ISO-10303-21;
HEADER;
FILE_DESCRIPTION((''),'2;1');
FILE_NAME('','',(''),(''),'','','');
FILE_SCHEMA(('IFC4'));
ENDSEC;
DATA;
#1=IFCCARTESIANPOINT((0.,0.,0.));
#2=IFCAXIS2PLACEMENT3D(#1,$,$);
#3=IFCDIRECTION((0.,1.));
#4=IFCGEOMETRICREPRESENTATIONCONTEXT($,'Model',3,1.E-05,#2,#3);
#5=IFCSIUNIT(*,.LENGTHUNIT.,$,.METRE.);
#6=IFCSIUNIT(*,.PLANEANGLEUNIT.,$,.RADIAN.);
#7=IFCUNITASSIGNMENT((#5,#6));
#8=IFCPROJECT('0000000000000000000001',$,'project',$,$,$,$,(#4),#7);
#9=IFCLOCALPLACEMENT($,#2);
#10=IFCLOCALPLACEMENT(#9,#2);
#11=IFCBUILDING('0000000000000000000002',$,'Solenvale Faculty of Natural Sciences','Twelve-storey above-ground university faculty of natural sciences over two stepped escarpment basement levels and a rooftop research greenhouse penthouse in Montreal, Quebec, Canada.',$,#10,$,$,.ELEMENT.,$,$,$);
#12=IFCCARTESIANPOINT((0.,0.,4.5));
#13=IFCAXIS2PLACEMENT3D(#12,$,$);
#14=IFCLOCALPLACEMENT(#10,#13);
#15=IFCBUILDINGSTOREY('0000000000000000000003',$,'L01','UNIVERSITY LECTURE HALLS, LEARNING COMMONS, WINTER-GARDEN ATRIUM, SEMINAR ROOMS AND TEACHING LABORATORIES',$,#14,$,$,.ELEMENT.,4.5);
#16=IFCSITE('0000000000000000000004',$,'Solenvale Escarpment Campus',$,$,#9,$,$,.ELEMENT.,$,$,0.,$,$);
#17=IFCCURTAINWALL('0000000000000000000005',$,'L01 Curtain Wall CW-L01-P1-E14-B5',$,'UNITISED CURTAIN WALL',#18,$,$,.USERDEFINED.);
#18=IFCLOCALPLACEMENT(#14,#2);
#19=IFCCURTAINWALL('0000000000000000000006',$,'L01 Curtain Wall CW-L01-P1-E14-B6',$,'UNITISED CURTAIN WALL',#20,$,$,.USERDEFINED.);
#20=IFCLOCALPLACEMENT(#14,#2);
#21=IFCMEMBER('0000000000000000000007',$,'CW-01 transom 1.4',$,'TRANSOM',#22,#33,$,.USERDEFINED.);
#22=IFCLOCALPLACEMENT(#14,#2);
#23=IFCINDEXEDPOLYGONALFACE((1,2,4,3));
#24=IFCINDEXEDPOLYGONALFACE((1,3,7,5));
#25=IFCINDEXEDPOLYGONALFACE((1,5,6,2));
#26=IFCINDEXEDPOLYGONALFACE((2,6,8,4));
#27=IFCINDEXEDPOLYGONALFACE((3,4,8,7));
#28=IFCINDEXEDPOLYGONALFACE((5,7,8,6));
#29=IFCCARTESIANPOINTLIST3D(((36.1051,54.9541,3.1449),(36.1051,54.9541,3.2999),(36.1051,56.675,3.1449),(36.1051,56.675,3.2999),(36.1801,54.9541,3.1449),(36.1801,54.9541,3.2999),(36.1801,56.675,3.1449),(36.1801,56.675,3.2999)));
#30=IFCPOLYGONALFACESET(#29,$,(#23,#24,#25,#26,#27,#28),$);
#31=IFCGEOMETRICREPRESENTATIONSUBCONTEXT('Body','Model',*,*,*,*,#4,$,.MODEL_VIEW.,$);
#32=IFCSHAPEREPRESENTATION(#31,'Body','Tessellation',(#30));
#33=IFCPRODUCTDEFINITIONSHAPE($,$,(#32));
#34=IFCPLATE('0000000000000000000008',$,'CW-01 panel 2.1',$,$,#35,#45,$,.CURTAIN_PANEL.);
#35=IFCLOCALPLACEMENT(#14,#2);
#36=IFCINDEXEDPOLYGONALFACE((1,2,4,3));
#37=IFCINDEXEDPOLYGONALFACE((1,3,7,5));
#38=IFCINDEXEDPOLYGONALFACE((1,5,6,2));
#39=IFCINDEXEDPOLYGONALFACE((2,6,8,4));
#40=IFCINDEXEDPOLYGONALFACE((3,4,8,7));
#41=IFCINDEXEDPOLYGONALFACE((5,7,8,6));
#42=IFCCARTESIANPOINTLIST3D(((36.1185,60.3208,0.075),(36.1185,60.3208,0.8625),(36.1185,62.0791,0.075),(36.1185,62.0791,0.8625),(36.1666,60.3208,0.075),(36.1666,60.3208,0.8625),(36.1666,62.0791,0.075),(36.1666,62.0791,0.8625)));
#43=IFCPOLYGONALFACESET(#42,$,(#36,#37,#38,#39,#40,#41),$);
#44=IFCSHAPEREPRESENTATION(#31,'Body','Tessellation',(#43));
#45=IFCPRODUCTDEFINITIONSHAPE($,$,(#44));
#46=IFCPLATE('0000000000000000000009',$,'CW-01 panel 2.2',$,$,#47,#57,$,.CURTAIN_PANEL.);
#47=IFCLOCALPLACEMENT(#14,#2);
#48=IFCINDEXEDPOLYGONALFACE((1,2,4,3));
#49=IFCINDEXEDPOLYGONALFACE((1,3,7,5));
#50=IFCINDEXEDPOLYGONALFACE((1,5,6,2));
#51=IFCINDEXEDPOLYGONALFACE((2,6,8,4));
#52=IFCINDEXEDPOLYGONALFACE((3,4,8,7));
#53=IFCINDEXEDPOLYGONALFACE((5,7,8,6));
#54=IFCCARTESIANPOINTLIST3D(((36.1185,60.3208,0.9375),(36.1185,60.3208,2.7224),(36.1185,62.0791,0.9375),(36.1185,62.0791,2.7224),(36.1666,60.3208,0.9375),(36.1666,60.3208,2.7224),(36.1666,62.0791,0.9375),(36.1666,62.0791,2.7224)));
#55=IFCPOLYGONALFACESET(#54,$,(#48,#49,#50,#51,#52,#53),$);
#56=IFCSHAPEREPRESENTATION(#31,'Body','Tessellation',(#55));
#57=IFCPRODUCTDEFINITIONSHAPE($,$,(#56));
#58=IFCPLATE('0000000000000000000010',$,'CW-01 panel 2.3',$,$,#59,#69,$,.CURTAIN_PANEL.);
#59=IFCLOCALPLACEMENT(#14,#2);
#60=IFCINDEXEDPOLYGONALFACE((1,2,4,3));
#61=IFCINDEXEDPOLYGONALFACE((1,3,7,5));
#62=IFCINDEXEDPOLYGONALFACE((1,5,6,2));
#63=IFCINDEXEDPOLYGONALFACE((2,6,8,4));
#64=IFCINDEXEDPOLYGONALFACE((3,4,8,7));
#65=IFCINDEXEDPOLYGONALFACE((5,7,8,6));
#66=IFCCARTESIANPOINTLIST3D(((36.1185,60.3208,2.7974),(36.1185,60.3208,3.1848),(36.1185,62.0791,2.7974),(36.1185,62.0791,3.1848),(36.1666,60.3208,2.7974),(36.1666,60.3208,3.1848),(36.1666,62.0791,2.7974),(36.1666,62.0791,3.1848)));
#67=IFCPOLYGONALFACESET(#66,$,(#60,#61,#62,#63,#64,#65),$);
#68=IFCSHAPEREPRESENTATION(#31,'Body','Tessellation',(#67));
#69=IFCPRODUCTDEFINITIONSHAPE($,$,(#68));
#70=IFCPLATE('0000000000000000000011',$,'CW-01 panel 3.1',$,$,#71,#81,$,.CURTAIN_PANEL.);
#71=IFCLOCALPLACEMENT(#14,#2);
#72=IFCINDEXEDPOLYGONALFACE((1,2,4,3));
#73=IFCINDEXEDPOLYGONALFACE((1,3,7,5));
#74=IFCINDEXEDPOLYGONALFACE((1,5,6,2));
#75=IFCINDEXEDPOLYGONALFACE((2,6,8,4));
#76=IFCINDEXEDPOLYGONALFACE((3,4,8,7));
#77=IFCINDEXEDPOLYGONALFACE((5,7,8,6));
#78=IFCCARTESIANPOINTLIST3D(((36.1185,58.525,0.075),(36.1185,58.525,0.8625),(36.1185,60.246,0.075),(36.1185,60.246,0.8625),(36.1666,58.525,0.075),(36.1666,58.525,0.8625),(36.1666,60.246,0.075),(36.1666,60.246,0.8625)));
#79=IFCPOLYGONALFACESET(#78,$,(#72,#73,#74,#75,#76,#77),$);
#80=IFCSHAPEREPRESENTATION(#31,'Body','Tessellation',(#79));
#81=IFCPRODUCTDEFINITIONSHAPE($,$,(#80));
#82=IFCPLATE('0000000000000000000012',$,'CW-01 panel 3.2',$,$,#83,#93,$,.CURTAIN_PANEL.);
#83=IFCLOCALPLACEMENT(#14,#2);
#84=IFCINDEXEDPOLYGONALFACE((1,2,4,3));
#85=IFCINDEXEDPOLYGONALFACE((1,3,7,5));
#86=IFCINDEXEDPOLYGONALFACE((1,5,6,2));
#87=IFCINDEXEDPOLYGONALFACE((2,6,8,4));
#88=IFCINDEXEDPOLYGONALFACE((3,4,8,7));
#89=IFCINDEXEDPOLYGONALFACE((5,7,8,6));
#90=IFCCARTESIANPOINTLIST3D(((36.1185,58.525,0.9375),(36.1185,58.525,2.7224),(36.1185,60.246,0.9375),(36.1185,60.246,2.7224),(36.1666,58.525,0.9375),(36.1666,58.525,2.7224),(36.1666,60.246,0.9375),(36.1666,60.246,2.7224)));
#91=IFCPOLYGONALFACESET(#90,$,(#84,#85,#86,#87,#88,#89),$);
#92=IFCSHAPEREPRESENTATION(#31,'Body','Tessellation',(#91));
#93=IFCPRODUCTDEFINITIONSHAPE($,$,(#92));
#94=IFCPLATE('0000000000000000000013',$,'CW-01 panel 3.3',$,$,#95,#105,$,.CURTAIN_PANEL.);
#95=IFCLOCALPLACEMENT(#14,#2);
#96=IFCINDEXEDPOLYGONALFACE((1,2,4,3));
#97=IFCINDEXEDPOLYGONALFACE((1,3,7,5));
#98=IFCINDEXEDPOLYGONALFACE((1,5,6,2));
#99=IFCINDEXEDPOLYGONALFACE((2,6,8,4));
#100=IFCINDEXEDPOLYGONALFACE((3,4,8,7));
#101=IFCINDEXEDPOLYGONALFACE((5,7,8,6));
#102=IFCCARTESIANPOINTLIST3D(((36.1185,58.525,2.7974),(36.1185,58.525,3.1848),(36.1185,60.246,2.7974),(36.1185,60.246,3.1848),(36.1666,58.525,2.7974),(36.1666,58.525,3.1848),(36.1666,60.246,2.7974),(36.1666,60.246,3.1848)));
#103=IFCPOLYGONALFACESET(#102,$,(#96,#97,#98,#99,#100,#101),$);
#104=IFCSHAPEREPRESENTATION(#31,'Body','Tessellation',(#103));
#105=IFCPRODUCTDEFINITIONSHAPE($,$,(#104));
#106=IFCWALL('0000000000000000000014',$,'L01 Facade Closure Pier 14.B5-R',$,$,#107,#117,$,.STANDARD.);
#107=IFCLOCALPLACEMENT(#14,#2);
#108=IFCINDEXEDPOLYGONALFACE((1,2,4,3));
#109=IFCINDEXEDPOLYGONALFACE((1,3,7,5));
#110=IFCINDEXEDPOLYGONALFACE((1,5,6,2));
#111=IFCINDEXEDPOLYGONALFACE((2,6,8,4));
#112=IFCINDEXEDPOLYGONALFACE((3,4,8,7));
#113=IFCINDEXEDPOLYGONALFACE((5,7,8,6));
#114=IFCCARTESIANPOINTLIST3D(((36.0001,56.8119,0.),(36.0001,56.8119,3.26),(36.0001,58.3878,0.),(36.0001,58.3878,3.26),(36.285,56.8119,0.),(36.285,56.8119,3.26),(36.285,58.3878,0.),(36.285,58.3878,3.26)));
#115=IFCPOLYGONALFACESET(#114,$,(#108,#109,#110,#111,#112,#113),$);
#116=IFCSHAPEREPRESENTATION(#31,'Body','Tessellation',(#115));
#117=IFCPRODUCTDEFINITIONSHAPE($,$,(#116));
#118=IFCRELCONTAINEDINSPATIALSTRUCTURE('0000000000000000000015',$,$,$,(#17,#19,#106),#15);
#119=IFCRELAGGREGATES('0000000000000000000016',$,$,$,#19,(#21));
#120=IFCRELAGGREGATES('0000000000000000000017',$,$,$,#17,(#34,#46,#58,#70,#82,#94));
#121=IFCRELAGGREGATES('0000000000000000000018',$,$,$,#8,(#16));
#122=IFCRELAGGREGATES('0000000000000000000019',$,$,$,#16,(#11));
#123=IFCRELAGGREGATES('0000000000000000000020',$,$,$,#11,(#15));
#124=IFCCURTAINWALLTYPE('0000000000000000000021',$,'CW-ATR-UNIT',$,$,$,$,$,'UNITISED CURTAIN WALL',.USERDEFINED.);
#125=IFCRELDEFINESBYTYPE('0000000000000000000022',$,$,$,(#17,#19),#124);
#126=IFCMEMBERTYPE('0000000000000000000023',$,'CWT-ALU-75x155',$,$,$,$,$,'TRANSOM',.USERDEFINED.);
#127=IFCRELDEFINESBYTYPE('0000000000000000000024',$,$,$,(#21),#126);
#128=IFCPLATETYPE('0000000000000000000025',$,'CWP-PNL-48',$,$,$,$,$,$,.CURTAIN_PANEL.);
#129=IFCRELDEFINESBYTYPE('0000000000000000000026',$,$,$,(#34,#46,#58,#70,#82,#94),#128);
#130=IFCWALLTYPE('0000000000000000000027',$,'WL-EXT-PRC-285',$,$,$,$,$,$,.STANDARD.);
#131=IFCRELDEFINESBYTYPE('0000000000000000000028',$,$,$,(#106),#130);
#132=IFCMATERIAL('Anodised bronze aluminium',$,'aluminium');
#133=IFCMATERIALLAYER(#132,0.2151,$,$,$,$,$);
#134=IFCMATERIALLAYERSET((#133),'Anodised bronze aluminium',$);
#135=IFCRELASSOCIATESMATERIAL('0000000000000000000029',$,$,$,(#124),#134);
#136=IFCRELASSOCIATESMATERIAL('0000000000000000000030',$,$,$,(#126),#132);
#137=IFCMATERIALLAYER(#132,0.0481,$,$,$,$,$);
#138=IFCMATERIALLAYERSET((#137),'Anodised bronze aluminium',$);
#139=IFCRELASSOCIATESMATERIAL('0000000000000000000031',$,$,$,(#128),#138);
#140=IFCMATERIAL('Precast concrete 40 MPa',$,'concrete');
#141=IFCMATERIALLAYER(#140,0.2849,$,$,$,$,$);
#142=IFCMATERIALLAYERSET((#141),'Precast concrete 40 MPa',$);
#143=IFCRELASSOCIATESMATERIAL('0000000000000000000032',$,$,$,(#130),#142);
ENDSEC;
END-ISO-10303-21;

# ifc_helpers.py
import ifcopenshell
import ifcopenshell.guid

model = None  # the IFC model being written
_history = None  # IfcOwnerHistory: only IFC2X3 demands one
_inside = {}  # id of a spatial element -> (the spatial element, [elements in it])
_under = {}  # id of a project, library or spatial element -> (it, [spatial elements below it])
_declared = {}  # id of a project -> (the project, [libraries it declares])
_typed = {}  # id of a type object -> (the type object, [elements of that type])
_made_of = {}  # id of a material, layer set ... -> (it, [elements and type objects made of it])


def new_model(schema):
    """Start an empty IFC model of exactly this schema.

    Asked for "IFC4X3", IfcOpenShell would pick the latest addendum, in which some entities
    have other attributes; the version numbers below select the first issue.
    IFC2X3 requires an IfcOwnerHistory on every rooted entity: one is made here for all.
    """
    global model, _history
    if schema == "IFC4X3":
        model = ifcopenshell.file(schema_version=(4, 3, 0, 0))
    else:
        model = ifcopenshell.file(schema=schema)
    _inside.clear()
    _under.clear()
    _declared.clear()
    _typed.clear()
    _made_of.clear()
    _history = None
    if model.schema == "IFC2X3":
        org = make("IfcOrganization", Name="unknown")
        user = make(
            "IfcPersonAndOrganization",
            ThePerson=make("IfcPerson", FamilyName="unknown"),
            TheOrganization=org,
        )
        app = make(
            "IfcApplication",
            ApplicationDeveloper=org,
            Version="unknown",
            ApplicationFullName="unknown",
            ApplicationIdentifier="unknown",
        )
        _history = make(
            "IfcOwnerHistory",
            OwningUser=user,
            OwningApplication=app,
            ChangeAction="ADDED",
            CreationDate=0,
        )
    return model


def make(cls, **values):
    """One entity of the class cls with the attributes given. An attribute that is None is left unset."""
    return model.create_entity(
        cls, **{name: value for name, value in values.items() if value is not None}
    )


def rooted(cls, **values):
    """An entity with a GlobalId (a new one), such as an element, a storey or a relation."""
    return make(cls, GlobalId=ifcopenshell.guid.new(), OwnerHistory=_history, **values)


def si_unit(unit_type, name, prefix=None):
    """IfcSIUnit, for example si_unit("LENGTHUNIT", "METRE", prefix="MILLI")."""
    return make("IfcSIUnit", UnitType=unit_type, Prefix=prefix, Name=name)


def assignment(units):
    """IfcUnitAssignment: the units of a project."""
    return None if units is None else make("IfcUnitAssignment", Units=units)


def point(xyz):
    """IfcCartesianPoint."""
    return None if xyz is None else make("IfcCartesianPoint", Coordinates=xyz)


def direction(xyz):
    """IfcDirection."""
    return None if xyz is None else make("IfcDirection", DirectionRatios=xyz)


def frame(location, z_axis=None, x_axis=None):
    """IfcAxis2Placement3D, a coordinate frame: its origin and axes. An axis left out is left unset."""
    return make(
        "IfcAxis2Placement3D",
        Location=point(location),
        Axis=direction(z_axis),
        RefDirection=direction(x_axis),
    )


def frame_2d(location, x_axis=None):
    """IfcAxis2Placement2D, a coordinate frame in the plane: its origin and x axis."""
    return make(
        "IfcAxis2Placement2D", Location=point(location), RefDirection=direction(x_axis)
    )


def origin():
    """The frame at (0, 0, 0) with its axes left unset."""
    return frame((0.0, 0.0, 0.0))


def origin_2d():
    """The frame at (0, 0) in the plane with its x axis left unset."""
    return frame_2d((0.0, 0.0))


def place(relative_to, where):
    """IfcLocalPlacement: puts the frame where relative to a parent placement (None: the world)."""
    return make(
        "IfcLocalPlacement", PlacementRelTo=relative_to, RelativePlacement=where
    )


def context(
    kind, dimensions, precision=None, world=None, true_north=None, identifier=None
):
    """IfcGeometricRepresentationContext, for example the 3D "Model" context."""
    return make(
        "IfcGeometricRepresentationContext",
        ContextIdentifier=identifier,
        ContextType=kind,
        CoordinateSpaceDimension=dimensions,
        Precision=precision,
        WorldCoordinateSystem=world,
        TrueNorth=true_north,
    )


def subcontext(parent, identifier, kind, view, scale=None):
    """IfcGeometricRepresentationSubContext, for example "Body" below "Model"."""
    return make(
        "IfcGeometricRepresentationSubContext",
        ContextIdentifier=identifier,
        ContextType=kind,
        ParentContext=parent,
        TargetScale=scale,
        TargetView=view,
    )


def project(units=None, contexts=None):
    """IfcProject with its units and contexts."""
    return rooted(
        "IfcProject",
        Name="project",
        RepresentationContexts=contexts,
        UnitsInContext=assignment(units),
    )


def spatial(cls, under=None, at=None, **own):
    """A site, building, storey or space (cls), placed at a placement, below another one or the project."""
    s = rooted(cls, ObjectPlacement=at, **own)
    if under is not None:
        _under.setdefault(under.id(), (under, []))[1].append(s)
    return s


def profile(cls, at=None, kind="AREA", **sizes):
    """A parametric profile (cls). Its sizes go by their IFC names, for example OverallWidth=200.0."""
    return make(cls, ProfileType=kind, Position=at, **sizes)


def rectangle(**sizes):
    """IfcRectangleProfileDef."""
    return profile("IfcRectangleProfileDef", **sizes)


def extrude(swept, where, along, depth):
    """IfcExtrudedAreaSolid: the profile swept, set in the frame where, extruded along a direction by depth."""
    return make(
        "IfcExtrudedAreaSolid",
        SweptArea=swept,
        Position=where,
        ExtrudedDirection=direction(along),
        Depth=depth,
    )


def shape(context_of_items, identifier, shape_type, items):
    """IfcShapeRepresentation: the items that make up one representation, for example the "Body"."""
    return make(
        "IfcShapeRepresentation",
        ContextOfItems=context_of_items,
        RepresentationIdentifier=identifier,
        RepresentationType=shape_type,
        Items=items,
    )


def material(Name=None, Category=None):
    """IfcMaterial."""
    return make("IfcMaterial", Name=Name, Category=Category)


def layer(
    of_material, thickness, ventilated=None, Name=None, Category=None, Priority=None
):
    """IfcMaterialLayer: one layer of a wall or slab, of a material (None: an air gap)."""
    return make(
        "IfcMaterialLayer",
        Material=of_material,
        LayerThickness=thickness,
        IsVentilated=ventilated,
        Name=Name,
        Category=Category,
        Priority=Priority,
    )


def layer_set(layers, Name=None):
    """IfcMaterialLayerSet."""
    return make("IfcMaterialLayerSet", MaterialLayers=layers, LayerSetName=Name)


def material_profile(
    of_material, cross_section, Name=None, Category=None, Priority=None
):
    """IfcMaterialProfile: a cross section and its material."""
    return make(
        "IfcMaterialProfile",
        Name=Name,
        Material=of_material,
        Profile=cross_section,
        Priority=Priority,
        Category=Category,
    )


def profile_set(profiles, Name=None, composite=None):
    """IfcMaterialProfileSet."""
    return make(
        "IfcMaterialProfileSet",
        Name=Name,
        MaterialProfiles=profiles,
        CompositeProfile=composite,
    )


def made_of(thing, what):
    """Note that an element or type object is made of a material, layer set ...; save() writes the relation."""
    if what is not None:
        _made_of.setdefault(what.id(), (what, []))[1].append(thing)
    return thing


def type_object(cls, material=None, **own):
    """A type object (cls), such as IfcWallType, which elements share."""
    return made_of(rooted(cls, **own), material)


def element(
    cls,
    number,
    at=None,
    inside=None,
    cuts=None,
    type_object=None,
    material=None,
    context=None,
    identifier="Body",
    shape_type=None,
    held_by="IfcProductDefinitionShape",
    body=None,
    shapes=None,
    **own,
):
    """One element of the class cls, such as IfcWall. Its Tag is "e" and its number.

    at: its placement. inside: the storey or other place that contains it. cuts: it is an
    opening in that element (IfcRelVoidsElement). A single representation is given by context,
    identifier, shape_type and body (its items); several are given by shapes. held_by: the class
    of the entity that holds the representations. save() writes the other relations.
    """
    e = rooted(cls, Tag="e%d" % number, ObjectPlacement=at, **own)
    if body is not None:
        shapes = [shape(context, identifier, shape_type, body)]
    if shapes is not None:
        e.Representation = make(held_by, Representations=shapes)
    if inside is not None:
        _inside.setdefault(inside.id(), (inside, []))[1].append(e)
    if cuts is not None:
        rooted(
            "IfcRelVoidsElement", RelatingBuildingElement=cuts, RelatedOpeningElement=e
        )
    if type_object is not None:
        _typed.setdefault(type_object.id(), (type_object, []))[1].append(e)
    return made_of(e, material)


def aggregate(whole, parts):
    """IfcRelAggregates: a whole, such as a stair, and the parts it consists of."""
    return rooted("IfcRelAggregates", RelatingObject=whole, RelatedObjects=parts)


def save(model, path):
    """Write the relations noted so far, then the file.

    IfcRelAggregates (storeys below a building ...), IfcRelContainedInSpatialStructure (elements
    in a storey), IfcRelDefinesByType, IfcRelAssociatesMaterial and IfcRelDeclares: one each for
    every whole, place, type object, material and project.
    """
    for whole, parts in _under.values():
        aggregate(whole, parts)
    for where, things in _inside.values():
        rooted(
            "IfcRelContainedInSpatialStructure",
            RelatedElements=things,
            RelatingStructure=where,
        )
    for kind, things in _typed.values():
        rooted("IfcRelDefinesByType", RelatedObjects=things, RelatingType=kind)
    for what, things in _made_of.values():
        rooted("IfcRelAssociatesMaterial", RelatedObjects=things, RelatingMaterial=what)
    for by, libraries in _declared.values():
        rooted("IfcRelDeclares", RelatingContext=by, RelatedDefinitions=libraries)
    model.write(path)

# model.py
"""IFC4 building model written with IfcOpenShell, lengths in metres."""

from ifc_helpers import new_model, si_unit, direction, frame, frame_2d, origin, origin_2d, place, context, subcontext, project, spatial, rectangle, extrude, material, layer, layer_set, material_profile, profile_set, type_object, element, aggregate, save


model = new_model("IFC4")

# Units and contexts
model_context = context("Model", 3, precision=1e-05, world=origin(), true_north=direction((0.0, 1.0)))
body_context = subcontext(model_context, "Body", "Model", "MODEL_VIEW")
ifc_project = project(units=[si_unit("LENGTHUNIT", "METRE"), si_unit("PLANEANGLEUNIT", "RADIAN")], contexts=[model_context])

# Site, building, storey
site_placement = place(None, origin())
site = spatial("IfcSite", under=ifc_project, at=site_placement, Name="Solenvale Escarpment Campus", CompositionType="ELEMENT", RefElevation=0.0)
building_placement = place(site_placement, origin())
building = spatial("IfcBuilding", under=site, at=building_placement, Name="Solenvale Faculty of Natural Sciences", Description="Twelve-storey above-ground university faculty of natural sciences over two stepped escarpment basement levels and a rooftop research greenhouse penthouse in Montreal, Quebec, Canada.", CompositionType="ELEMENT")
storey_placement = place(building_placement, frame((0.0, 0.0, 4.5)))
storey = spatial("IfcBuildingStorey", under=building, at=storey_placement, Name="L01", Description="UNIVERSITY LECTURE HALLS, LEARNING COMMONS, WINTER-GARDEN ATRIUM, SEMINAR ROOMS AND TEACHING LABORATORIES", CompositionType="ELEMENT", Elevation=4.5)

# Curtain wall
ifc_material_1 = material(Name="Anodised bronze aluminium", Category="aluminium")
ifc_layer_1 = layer(ifc_material_1, 0.2151)
ifc_layer_set_1 = layer_set([ifc_layer_1], Name="Anodised bronze aluminium")
curtain_wall_type = type_object("IfcCurtainWallType", Name="CW-ATR-UNIT", ElementType="UNITISED CURTAIN WALL", PredefinedType="USERDEFINED", material=ifc_layer_set_1)
curtain_wall_1_placement = place(storey_placement, origin())
curtain_wall_1 = element("IfcCurtainWall", 1, at=curtain_wall_1_placement, inside=storey, type_object=curtain_wall_type, Name="L01 Curtain Wall CW-L01-P1-E14-B5", ObjectType="UNITISED CURTAIN WALL", PredefinedType="USERDEFINED")

# Curtain wall
curtain_wall_2_placement = place(storey_placement, origin())
curtain_wall_2 = element("IfcCurtainWall", 2, at=curtain_wall_2_placement, inside=storey, type_object=curtain_wall_type, Name="L01 Curtain Wall CW-L01-P1-E14-B6", ObjectType="UNITISED CURTAIN WALL", PredefinedType="USERDEFINED")

# Member
ifc_material_profile_1 = material_profile(ifc_material_1, rectangle(XDim=0.075, YDim=0.155, at=origin_2d()), Name="ALU-TRN-75x155")
ifc_profile_set_1 = profile_set([ifc_material_profile_1], Name="Anodised bronze aluminium")
member_type_1 = type_object("IfcMemberType", Name="CWT-ALU-75x155", ElementType="TRANSOM", PredefinedType="USERDEFINED", material=ifc_profile_set_1)
member_1_placement = place(storey_placement, frame((36.1426, 56.675, 3.2224), z_axis=(0.0, -1.0, 0.0), x_axis=(1.0, 0.0, 0.0)))
member_1 = element("IfcMember", 3, at=member_1_placement, type_object=member_type_1, Name="CW-01 transom 1.4", ObjectType="TRANSOM", PredefinedType="USERDEFINED", context=body_context, shape_type="SweptSolid", body=[
    extrude(rectangle(XDim=0.075, YDim=0.155, at=origin_2d()), origin(), (0.0, 0.0, 1.0), 1.7209),
])
aggregate(curtain_wall_2, [member_1])

# Plates
ifc_layer_2 = layer(ifc_material_1, 0.0481)
ifc_layer_set_2 = layer_set([ifc_layer_2], Name="Anodised bronze aluminium")
plate_type = type_object("IfcPlateType", Name="CWP-PNL-48", PredefinedType="CURTAIN_PANEL", material=ifc_layer_set_2)
plate_1_placement = place(storey_placement, frame((36.1426, 61.2, 0.075), z_axis=(0.0, 0.0, 1.0), x_axis=(0.0, -1.0, 0.0)))
plate_1 = element("IfcPlate", 4, at=plate_1_placement, type_object=plate_type, Name="CW-01 panel 2.1", PredefinedType="CURTAIN_PANEL", context=body_context, shape_type="SweptSolid", body=[
    extrude(rectangle(XDim=1.7583, YDim=0.0481, at=origin_2d()), origin(), (0.0, 0.0, 1.0), 0.7876),
])
plate_2_placement = place(storey_placement, frame((36.1426, 61.2, 0.9375), z_axis=(0.0, 0.0, 1.0), x_axis=(0.0, -1.0, 0.0)))
plate_2 = element("IfcPlate", 5, at=plate_2_placement, type_object=plate_type, Name="CW-01 panel 2.2", PredefinedType="CURTAIN_PANEL", context=body_context, shape_type="SweptSolid", body=[
    extrude(rectangle(XDim=1.7583, YDim=0.0481, at=origin_2d()), origin(), (0.0, 0.0, 1.0), 1.7849),
])
plate_3_placement = place(storey_placement, frame((36.1426, 61.2, 2.7974), z_axis=(0.0, 0.0, 1.0), x_axis=(0.0, -1.0, 0.0)))
plate_3 = element("IfcPlate", 6, at=plate_3_placement, type_object=plate_type, Name="CW-01 panel 2.3", PredefinedType="CURTAIN_PANEL", context=body_context, shape_type="SweptSolid", body=[
    extrude(rectangle(XDim=1.7583, YDim=0.0481, at=origin_2d()), origin(), (0.0, 0.0, 1.0), 0.3875),
])
plate_4_placement = place(storey_placement, frame((36.1426, 59.3855, 0.075), z_axis=(0.0, 0.0, 1.0), x_axis=(0.0, -1.0, 0.0)))
plate_4 = element("IfcPlate", 7, at=plate_4_placement, type_object=plate_type, Name="CW-01 panel 3.1", PredefinedType="CURTAIN_PANEL", context=body_context, shape_type="SweptSolid", body=[
    extrude(rectangle(XDim=1.7209, YDim=0.0481, at=origin_2d()), origin(), (0.0, 0.0, 1.0), 0.7876),
])
plate_5_placement = place(storey_placement, frame((36.1426, 59.3855, 0.9375), z_axis=(0.0, 0.0, 1.0), x_axis=(0.0, -1.0, 0.0)))
plate_5 = element("IfcPlate", 8, at=plate_5_placement, type_object=plate_type, Name="CW-01 panel 3.2", PredefinedType="CURTAIN_PANEL", context=body_context, shape_type="SweptSolid", body=[
    extrude(rectangle(XDim=1.7209, YDim=0.0481, at=origin_2d()), origin(), (0.0, 0.0, 1.0), 1.7849),
])
plate_6_placement = place(storey_placement, frame((36.1426, 59.3855, 2.7974), z_axis=(0.0, 0.0, 1.0), x_axis=(0.0, -1.0, 0.0)))
plate_6 = element("IfcPlate", 9, at=plate_6_placement, type_object=plate_type, Name="CW-01 panel 3.3", PredefinedType="CURTAIN_PANEL", context=body_context, shape_type="SweptSolid", body=[
    extrude(rectangle(XDim=1.7209, YDim=0.0481, at=origin_2d()), origin(), (0.0, 0.0, 1.0), 0.3875),
])
aggregate(curtain_wall_1, [plate_1, plate_2, plate_3, plate_4, plate_5, plate_6])

# Wall
ifc_material_2 = material(Name="Precast concrete 40 MPa", Category="concrete")
ifc_layer_3 = layer(ifc_material_2, 0.2849)
ifc_layer_set_3 = layer_set([ifc_layer_3], Name="Precast concrete 40 MPa")
wall_type = type_object("IfcWallType", Name="WL-EXT-PRC-285", PredefinedType="STANDARD", material=ifc_layer_set_3)
wall_placement = place(storey_placement, frame((36.1426, 58.3879, 0.0), z_axis=(0.0, 0.0, 1.0), x_axis=(0.0, -1.0, 0.0)))
element("IfcWall", 10, at=wall_placement, inside=storey, type_object=wall_type, Name="L01 Facade Closure Pier 14.B5-R", PredefinedType="STANDARD", context=body_context, shape_type="SweptSolid", body=[
    extrude(rectangle(XDim=1.5759, YDim=0.2849, at=frame_2d((0.7881, 0.0))), origin(), (0.0, 0.0, 1.0), 3.26),
])

save(model, "model.ifc")
